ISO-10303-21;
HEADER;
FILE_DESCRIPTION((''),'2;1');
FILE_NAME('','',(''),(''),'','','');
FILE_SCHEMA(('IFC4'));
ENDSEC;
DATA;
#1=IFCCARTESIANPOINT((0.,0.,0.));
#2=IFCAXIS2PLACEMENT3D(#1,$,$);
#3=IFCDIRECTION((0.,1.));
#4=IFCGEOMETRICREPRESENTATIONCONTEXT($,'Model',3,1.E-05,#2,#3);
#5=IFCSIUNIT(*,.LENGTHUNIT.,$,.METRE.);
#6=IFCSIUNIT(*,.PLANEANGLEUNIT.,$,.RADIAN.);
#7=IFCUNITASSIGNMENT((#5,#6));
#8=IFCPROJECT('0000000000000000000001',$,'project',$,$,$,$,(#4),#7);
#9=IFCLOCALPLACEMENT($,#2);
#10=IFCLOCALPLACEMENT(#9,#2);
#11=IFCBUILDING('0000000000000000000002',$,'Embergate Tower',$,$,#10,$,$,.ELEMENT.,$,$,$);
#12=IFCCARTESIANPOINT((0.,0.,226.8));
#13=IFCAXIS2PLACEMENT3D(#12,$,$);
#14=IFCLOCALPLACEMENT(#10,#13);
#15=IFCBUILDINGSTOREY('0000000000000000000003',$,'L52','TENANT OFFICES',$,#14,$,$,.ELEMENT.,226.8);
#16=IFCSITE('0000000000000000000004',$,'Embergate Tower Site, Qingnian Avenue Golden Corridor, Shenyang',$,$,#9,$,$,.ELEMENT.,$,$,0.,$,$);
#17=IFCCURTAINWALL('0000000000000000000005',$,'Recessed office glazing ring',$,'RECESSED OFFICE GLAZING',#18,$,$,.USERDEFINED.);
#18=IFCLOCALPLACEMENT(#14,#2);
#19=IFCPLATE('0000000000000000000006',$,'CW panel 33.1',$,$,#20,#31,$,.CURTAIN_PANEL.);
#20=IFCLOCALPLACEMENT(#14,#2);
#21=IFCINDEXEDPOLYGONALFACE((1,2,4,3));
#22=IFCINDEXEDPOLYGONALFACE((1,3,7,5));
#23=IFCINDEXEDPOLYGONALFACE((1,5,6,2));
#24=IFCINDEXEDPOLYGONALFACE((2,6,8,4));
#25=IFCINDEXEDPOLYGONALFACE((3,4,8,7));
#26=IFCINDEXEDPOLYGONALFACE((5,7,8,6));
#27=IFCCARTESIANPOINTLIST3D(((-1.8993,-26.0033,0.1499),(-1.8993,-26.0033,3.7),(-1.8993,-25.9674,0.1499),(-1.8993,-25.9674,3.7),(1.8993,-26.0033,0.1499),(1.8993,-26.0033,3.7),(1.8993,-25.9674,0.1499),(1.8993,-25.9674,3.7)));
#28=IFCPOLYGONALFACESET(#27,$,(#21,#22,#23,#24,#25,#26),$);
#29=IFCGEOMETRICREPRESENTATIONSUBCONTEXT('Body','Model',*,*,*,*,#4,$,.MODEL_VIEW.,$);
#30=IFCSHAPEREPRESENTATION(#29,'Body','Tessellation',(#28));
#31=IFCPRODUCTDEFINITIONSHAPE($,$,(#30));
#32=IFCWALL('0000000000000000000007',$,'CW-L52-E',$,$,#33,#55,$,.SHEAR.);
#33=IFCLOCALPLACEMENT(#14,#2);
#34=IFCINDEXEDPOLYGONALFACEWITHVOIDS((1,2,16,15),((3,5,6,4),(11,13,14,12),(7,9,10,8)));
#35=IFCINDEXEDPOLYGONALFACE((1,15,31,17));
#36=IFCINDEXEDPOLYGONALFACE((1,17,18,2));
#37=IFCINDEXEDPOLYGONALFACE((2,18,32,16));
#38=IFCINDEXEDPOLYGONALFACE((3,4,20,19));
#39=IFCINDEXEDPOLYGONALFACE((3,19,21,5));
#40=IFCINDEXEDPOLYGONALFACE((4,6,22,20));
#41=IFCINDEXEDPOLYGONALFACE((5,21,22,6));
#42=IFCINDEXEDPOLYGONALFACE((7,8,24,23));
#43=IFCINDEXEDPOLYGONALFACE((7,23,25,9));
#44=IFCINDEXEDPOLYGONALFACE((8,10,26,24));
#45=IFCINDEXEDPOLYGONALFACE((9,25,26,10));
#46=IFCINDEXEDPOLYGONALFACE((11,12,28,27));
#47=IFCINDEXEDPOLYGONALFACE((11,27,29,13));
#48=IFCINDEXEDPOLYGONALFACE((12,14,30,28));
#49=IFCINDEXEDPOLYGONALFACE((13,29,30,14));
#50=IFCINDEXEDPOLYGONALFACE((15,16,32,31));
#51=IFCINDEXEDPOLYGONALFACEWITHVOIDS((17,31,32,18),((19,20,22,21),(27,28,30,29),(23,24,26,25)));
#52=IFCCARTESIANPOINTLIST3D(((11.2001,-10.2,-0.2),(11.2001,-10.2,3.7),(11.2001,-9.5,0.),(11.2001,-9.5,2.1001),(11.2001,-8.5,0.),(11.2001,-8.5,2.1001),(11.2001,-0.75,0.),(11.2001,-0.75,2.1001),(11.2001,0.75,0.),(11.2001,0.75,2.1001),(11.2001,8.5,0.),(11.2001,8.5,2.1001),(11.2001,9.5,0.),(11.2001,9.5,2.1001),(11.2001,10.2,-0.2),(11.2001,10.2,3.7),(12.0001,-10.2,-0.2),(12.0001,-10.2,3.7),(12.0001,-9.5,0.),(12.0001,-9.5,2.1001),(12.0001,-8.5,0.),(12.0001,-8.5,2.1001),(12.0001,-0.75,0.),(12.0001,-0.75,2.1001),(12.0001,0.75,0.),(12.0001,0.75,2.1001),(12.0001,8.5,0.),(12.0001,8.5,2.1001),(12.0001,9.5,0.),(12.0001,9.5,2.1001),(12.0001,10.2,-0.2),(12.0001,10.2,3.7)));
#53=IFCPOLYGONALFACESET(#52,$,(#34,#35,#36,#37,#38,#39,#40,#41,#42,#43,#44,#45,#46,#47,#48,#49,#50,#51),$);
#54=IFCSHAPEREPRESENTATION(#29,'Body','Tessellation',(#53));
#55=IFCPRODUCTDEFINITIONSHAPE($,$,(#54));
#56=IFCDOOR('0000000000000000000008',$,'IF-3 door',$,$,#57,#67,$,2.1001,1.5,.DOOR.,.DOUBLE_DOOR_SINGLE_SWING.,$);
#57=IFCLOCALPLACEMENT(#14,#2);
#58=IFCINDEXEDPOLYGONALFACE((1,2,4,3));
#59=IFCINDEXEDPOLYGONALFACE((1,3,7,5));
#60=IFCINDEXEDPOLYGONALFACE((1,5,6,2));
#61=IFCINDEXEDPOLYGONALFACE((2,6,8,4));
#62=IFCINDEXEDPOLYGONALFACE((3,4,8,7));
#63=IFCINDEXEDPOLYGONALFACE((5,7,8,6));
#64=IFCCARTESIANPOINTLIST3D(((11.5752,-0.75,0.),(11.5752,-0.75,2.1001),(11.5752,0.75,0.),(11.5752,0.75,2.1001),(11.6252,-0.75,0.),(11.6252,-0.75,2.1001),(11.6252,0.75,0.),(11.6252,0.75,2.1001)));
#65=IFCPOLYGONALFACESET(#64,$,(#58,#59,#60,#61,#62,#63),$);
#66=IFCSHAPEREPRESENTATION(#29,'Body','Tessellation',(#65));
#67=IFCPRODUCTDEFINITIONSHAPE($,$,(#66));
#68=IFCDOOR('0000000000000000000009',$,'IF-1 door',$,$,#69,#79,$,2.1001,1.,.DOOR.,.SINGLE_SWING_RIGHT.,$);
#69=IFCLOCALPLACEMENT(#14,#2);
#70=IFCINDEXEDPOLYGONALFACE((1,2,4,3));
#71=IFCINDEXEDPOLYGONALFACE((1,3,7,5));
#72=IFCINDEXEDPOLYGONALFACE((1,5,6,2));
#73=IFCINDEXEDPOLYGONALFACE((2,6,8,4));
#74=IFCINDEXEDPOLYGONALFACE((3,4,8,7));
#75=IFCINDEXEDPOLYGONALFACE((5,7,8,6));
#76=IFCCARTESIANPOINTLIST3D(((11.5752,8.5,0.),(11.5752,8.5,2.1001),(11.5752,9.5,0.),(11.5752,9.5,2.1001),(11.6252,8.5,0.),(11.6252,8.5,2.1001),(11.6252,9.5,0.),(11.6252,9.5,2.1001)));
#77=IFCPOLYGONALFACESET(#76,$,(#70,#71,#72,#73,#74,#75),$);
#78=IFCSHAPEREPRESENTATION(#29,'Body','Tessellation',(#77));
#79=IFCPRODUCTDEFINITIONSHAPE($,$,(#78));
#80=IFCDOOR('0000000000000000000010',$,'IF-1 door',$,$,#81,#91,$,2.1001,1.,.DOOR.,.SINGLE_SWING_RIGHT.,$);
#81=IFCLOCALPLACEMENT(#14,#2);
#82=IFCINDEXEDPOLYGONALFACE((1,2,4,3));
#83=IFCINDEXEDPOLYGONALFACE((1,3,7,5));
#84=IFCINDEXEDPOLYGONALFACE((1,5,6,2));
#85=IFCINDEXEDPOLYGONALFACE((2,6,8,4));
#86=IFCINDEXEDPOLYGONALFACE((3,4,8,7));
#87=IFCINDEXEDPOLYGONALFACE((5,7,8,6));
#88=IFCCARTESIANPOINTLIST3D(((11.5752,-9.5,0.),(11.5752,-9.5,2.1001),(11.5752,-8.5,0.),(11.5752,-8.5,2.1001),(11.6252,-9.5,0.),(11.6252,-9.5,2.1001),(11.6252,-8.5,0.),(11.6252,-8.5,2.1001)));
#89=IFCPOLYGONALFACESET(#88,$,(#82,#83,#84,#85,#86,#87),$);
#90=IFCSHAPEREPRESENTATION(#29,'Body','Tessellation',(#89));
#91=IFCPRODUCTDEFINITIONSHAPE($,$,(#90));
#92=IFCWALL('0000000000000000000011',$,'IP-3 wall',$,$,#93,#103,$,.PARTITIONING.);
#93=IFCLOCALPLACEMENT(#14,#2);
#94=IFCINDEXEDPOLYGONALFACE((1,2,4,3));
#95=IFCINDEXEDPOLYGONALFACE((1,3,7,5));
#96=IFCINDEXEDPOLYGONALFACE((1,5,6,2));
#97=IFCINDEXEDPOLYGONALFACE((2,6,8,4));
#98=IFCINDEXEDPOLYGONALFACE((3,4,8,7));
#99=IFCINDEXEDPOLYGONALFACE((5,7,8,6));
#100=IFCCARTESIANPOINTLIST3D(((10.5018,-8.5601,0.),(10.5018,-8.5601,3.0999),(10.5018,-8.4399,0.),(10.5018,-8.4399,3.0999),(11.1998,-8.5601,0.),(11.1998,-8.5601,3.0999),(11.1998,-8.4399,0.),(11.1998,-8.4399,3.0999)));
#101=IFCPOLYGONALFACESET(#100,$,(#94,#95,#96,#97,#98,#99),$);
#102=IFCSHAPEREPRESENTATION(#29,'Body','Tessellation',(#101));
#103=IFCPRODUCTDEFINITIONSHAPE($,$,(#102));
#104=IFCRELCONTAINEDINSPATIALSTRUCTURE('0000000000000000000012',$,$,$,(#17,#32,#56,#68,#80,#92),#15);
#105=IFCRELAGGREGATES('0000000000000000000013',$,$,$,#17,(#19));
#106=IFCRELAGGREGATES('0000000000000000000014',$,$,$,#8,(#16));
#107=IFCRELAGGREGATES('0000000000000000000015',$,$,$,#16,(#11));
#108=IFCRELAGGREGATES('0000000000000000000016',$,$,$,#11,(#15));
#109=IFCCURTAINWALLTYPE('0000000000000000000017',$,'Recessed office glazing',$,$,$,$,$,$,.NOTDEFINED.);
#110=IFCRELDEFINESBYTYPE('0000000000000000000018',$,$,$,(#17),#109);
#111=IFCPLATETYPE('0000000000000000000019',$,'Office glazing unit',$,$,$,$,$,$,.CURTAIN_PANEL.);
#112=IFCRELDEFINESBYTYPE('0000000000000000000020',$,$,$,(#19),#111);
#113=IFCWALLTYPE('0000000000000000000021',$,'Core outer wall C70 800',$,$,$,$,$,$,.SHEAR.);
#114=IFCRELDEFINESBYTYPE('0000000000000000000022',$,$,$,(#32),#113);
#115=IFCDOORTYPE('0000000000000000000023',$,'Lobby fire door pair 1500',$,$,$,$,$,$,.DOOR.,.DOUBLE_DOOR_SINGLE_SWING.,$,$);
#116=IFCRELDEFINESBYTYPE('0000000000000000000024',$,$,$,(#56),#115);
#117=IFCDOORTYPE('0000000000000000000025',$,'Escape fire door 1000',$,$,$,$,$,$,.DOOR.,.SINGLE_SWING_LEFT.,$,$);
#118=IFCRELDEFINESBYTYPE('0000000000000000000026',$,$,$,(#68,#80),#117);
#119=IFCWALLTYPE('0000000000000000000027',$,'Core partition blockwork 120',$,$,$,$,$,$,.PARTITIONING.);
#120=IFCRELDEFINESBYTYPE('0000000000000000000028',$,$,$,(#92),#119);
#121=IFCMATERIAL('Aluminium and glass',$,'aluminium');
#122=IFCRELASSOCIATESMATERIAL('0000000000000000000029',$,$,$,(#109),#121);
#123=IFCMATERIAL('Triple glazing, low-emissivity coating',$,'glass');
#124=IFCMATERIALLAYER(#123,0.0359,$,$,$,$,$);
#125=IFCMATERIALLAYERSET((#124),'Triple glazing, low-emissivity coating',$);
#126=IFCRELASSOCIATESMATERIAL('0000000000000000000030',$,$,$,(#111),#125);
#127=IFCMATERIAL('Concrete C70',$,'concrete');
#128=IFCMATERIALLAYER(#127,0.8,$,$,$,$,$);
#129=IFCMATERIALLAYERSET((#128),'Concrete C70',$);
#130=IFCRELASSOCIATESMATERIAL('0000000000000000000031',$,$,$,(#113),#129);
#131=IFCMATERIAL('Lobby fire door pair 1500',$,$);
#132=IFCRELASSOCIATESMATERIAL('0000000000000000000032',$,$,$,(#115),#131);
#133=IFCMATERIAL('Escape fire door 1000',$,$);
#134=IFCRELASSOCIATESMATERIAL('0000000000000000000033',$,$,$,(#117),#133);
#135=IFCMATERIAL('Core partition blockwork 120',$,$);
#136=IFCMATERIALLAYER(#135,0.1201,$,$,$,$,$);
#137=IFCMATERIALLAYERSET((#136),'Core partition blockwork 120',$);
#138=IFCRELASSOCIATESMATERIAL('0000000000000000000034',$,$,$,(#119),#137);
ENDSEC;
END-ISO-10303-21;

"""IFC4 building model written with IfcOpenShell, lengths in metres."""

from ifc_helpers import new_model, si_unit, direction, frame, frame_2d, origin, origin_2d, place, context, subcontext, project, spatial, rectangle, extrude, source, transform, mapped, material, layer, layer_set, type_object, element, fill, aggregate, save


model = new_model("IFC4")

# Units and contexts
model_context = context("Model", 3, precision=1e-05, world=origin(), true_north=direction((0.0, 1.0)))
body_context = subcontext(model_context, "Body", "Model", "MODEL_VIEW")
ifc_project = project(units=[si_unit("LENGTHUNIT", "METRE"), si_unit("PLANEANGLEUNIT", "RADIAN")], contexts=[model_context])

# Site, building, storey
site_placement = place(None, origin())
site = spatial("IfcSite", under=ifc_project, at=site_placement, Name="Embergate Tower Site, Qingnian Avenue Golden Corridor, Shenyang", CompositionType="ELEMENT", RefElevation=0.0)
building_placement = place(site_placement, origin())
building = spatial("IfcBuilding", under=site, at=building_placement, Name="Embergate Tower", CompositionType="ELEMENT")
storey_placement = place(building_placement, frame((0.0, 0.0, 226.8)))
storey = spatial("IfcBuildingStorey", under=building, at=storey_placement, Name="L52", Description="TENANT OFFICES", CompositionType="ELEMENT", Elevation=226.8)

# Curtain wall, plate
ifc_material_1 = material(Name="Aluminium and glass", Category="aluminium")
curtain_wall_type = type_object("IfcCurtainWallType", Name="Recessed office glazing", PredefinedType="NOTDEFINED", material=ifc_material_1)
curtain_wall_placement = place(storey_placement, origin())
curtain_wall = element("IfcCurtainWall", 1, at=curtain_wall_placement, inside=storey, type_object=curtain_wall_type, Name="Recessed office glazing ring", ObjectType="RECESSED OFFICE GLAZING", PredefinedType="USERDEFINED")
ifc_material_2 = material(Name="Triple glazing, low-emissivity coating", Category="glass")
ifc_layer_1 = layer(ifc_material_2, 0.0359)
ifc_layer_set_1 = layer_set([ifc_layer_1], Name="Triple glazing, low-emissivity coating")
plate_type = type_object("IfcPlateType", Name="Office glazing unit", PredefinedType="CURTAIN_PANEL", material=ifc_layer_set_1)
shared_shape_1 = source(origin(), body_context, "Body", "SweptSolid", [
    extrude(rectangle(XDim=3.7986, YDim=0.0359, at=origin_2d()), origin(), (0.0, 0.0, 1.0), 3.55),
])
plate_1_placement = place(storey_placement, frame((0.0, -25.9854, 0.1499), z_axis=(0.0, 0.0, 1.0), x_axis=(1.0, 0.0, 0.0)))
plate_1 = element("IfcPlate", 2, at=plate_1_placement, type_object=plate_type, Name="CW panel 33.1", PredefinedType="CURTAIN_PANEL", context=body_context, shape_type="MappedRepresentation", body=[
    mapped(shared_shape_1, transform((0.0, 0.0, 0.0))),
])
aggregate(curtain_wall, [plate_1])

# Wall, openings, doors
ifc_material_3 = material(Name="Concrete C70", Category="concrete")
ifc_layer_2 = layer(ifc_material_3, 0.8)
ifc_layer_set_2 = layer_set([ifc_layer_2], Name="Concrete C70")
wall_type_1 = type_object("IfcWallType", Name="Core outer wall C70 800", PredefinedType="SHEAR", material=ifc_layer_set_2)
shared_shape_2 = source(origin(), body_context, "Body", "SweptSolid", [
    extrude(rectangle(XDim=20.3999, YDim=0.8, at=frame_2d((10.2, 0.0))), origin(), (0.0, 0.0, 1.0), 3.8999),
])
wall_1_placement = place(storey_placement, frame((11.6001, -10.2, -0.2), z_axis=(0.0, 0.0, 1.0), x_axis=(0.0, 1.0, 0.0)))
wall_1 = element("IfcWall", 3, at=wall_1_placement, inside=storey, type_object=wall_type_1, Name="CW-L52-E", PredefinedType="SHEAR", context=body_context, shape_type="MappedRepresentation", body=[
    mapped(shared_shape_2, transform((0.0, 0.0, 0.0))),
])
shared_shape_3 = source(origin(), body_context, "Body", "SweptSolid", [
    extrude(rectangle(XDim=1.0, YDim=2.1001, at=frame_2d((0.5, 1.05))), frame((0.0, 0.4099, 0.0), z_axis=(0.0, -1.0, 0.0), x_axis=(1.0, 0.0, 0.0)), (0.0, 0.0, 1.0), 0.8201),
])
opening_1_placement = place(wall_1_placement, frame((18.7, 0.0, 0.2)))
opening_1 = element("IfcOpeningElement", 4, at=opening_1_placement, cuts=wall_1, PredefinedType="OPENING", context=body_context, shape_type="MappedRepresentation", body=[
    mapped(shared_shape_3, transform((0.0, 0.0, 0.0))),
])
opening_2_placement = place(wall_1_placement, frame((0.7, 0.0, 0.2)))
opening_2 = element("IfcOpeningElement", 5, at=opening_2_placement, cuts=wall_1, PredefinedType="OPENING", context=body_context, shape_type="MappedRepresentation", body=[
    mapped(shared_shape_3, transform((0.0, 0.0, 0.0))),
])
shared_shape_4 = source(origin(), body_context, "Body", "SweptSolid", [
    extrude(rectangle(XDim=1.5, YDim=2.1001, at=frame_2d((0.75, 1.05))), frame((0.0, 0.4099, 0.0), z_axis=(0.0, -1.0, 0.0), x_axis=(1.0, 0.0, 0.0)), (0.0, 0.0, 1.0), 0.8201),
])
opening_3_placement = place(wall_1_placement, frame((9.45, 0.0, 0.2)))
opening_3 = element("IfcOpeningElement", 6, at=opening_3_placement, cuts=wall_1, PredefinedType="OPENING", context=body_context, shape_type="MappedRepresentation", body=[
    mapped(shared_shape_4, transform((0.0, 0.0, 0.0))),
])
ifc_material_4 = material(Name="Lobby fire door pair 1500")
door_type_1 = type_object("IfcDoorType", Name="Lobby fire door pair 1500", OperationType="DOUBLE_DOOR_SINGLE_SWING", PredefinedType="DOOR", material=ifc_material_4)
shared_shape_5 = source(origin(), body_context, "Body", "SweptSolid", [
    extrude(rectangle(XDim=1.5, YDim=2.1001, at=frame_2d((0.75, 1.05))), frame((0.0, 0.0249, 0.0), z_axis=(0.0, -1.0, 0.0), x_axis=(1.0, 0.0, 0.0)), (0.0, 0.0, 1.0), 0.05),
])
door_1_placement = place(opening_3_placement, origin())
door_1 = element("IfcDoor", 7, at=door_1_placement, inside=storey, type_object=door_type_1, Name="IF-3 door", OperationType="DOUBLE_DOOR_SINGLE_SWING", OverallHeight=2.1001, OverallWidth=1.5, PredefinedType="DOOR", context=body_context, shape_type="MappedRepresentation", body=[
    mapped(shared_shape_5, transform((0.0, 0.0, 0.0))),
])
fill(opening_3, door_1)
ifc_material_5 = material(Name="Escape fire door 1000")
door_type_2 = type_object("IfcDoorType", Name="Escape fire door 1000", OperationType="SINGLE_SWING_LEFT", PredefinedType="DOOR", material=ifc_material_5)
shared_shape_6 = source(origin(), body_context, "Body", "SweptSolid", [
    extrude(rectangle(XDim=1.0, YDim=2.1001, at=frame_2d((0.5, 1.05))), frame((0.0, 0.0249, 0.0), z_axis=(0.0, -1.0, 0.0), x_axis=(1.0, 0.0, 0.0)), (0.0, 0.0, 1.0), 0.05),
])
door_2_placement = place(opening_1_placement, origin())
door_2 = element("IfcDoor", 8, at=door_2_placement, inside=storey, type_object=door_type_2, Name="IF-1 door", OperationType="SINGLE_SWING_RIGHT", OverallHeight=2.1001, OverallWidth=1.0, PredefinedType="DOOR", context=body_context, shape_type="MappedRepresentation", body=[
    mapped(shared_shape_6, transform((0.0, 0.0, 0.0))),
])
fill(opening_1, door_2)
door_3_placement = place(opening_2_placement, origin())
door_3 = element("IfcDoor", 9, at=door_3_placement, inside=storey, type_object=door_type_2, Name="IF-1 door", OperationType="SINGLE_SWING_RIGHT", OverallHeight=2.1001, OverallWidth=1.0, PredefinedType="DOOR", context=body_context, shape_type="MappedRepresentation", body=[
    mapped(shared_shape_6, transform((0.0, 0.0, 0.0))),
])
fill(opening_2, door_3)

# Wall
ifc_material_6 = material(Name="Core partition blockwork 120")
ifc_layer_3 = layer(ifc_material_6, 0.1201)
ifc_layer_set_3 = layer_set([ifc_layer_3], Name="Core partition blockwork 120")
wall_type_2 = type_object("IfcWallType", Name="Core partition blockwork 120", PredefinedType="PARTITIONING", material=ifc_layer_set_3)
shared_shape_7 = source(origin(), body_context, "Body", "SweptSolid", [
    extrude(rectangle(XDim=0.698, YDim=0.1201, at=frame_2d((0.3491, 0.0))), origin(), (0.0, 0.0, 1.0), 3.0999),
])
wall_2_placement = place(storey_placement, frame((11.2, -8.5, 0.0), z_axis=(0.0, 0.0, 1.0), x_axis=(-1.0, 0.0, 0.0)))
element("IfcWall", 10, at=wall_2_placement, inside=storey, type_object=wall_type_2, Name="IP-3 wall", PredefinedType="PARTITIONING", context=body_context, shape_type="MappedRepresentation", body=[
    mapped(shared_shape_7, transform((0.0, 0.0, 0.0))),
])

save(model, "model.ifc")
